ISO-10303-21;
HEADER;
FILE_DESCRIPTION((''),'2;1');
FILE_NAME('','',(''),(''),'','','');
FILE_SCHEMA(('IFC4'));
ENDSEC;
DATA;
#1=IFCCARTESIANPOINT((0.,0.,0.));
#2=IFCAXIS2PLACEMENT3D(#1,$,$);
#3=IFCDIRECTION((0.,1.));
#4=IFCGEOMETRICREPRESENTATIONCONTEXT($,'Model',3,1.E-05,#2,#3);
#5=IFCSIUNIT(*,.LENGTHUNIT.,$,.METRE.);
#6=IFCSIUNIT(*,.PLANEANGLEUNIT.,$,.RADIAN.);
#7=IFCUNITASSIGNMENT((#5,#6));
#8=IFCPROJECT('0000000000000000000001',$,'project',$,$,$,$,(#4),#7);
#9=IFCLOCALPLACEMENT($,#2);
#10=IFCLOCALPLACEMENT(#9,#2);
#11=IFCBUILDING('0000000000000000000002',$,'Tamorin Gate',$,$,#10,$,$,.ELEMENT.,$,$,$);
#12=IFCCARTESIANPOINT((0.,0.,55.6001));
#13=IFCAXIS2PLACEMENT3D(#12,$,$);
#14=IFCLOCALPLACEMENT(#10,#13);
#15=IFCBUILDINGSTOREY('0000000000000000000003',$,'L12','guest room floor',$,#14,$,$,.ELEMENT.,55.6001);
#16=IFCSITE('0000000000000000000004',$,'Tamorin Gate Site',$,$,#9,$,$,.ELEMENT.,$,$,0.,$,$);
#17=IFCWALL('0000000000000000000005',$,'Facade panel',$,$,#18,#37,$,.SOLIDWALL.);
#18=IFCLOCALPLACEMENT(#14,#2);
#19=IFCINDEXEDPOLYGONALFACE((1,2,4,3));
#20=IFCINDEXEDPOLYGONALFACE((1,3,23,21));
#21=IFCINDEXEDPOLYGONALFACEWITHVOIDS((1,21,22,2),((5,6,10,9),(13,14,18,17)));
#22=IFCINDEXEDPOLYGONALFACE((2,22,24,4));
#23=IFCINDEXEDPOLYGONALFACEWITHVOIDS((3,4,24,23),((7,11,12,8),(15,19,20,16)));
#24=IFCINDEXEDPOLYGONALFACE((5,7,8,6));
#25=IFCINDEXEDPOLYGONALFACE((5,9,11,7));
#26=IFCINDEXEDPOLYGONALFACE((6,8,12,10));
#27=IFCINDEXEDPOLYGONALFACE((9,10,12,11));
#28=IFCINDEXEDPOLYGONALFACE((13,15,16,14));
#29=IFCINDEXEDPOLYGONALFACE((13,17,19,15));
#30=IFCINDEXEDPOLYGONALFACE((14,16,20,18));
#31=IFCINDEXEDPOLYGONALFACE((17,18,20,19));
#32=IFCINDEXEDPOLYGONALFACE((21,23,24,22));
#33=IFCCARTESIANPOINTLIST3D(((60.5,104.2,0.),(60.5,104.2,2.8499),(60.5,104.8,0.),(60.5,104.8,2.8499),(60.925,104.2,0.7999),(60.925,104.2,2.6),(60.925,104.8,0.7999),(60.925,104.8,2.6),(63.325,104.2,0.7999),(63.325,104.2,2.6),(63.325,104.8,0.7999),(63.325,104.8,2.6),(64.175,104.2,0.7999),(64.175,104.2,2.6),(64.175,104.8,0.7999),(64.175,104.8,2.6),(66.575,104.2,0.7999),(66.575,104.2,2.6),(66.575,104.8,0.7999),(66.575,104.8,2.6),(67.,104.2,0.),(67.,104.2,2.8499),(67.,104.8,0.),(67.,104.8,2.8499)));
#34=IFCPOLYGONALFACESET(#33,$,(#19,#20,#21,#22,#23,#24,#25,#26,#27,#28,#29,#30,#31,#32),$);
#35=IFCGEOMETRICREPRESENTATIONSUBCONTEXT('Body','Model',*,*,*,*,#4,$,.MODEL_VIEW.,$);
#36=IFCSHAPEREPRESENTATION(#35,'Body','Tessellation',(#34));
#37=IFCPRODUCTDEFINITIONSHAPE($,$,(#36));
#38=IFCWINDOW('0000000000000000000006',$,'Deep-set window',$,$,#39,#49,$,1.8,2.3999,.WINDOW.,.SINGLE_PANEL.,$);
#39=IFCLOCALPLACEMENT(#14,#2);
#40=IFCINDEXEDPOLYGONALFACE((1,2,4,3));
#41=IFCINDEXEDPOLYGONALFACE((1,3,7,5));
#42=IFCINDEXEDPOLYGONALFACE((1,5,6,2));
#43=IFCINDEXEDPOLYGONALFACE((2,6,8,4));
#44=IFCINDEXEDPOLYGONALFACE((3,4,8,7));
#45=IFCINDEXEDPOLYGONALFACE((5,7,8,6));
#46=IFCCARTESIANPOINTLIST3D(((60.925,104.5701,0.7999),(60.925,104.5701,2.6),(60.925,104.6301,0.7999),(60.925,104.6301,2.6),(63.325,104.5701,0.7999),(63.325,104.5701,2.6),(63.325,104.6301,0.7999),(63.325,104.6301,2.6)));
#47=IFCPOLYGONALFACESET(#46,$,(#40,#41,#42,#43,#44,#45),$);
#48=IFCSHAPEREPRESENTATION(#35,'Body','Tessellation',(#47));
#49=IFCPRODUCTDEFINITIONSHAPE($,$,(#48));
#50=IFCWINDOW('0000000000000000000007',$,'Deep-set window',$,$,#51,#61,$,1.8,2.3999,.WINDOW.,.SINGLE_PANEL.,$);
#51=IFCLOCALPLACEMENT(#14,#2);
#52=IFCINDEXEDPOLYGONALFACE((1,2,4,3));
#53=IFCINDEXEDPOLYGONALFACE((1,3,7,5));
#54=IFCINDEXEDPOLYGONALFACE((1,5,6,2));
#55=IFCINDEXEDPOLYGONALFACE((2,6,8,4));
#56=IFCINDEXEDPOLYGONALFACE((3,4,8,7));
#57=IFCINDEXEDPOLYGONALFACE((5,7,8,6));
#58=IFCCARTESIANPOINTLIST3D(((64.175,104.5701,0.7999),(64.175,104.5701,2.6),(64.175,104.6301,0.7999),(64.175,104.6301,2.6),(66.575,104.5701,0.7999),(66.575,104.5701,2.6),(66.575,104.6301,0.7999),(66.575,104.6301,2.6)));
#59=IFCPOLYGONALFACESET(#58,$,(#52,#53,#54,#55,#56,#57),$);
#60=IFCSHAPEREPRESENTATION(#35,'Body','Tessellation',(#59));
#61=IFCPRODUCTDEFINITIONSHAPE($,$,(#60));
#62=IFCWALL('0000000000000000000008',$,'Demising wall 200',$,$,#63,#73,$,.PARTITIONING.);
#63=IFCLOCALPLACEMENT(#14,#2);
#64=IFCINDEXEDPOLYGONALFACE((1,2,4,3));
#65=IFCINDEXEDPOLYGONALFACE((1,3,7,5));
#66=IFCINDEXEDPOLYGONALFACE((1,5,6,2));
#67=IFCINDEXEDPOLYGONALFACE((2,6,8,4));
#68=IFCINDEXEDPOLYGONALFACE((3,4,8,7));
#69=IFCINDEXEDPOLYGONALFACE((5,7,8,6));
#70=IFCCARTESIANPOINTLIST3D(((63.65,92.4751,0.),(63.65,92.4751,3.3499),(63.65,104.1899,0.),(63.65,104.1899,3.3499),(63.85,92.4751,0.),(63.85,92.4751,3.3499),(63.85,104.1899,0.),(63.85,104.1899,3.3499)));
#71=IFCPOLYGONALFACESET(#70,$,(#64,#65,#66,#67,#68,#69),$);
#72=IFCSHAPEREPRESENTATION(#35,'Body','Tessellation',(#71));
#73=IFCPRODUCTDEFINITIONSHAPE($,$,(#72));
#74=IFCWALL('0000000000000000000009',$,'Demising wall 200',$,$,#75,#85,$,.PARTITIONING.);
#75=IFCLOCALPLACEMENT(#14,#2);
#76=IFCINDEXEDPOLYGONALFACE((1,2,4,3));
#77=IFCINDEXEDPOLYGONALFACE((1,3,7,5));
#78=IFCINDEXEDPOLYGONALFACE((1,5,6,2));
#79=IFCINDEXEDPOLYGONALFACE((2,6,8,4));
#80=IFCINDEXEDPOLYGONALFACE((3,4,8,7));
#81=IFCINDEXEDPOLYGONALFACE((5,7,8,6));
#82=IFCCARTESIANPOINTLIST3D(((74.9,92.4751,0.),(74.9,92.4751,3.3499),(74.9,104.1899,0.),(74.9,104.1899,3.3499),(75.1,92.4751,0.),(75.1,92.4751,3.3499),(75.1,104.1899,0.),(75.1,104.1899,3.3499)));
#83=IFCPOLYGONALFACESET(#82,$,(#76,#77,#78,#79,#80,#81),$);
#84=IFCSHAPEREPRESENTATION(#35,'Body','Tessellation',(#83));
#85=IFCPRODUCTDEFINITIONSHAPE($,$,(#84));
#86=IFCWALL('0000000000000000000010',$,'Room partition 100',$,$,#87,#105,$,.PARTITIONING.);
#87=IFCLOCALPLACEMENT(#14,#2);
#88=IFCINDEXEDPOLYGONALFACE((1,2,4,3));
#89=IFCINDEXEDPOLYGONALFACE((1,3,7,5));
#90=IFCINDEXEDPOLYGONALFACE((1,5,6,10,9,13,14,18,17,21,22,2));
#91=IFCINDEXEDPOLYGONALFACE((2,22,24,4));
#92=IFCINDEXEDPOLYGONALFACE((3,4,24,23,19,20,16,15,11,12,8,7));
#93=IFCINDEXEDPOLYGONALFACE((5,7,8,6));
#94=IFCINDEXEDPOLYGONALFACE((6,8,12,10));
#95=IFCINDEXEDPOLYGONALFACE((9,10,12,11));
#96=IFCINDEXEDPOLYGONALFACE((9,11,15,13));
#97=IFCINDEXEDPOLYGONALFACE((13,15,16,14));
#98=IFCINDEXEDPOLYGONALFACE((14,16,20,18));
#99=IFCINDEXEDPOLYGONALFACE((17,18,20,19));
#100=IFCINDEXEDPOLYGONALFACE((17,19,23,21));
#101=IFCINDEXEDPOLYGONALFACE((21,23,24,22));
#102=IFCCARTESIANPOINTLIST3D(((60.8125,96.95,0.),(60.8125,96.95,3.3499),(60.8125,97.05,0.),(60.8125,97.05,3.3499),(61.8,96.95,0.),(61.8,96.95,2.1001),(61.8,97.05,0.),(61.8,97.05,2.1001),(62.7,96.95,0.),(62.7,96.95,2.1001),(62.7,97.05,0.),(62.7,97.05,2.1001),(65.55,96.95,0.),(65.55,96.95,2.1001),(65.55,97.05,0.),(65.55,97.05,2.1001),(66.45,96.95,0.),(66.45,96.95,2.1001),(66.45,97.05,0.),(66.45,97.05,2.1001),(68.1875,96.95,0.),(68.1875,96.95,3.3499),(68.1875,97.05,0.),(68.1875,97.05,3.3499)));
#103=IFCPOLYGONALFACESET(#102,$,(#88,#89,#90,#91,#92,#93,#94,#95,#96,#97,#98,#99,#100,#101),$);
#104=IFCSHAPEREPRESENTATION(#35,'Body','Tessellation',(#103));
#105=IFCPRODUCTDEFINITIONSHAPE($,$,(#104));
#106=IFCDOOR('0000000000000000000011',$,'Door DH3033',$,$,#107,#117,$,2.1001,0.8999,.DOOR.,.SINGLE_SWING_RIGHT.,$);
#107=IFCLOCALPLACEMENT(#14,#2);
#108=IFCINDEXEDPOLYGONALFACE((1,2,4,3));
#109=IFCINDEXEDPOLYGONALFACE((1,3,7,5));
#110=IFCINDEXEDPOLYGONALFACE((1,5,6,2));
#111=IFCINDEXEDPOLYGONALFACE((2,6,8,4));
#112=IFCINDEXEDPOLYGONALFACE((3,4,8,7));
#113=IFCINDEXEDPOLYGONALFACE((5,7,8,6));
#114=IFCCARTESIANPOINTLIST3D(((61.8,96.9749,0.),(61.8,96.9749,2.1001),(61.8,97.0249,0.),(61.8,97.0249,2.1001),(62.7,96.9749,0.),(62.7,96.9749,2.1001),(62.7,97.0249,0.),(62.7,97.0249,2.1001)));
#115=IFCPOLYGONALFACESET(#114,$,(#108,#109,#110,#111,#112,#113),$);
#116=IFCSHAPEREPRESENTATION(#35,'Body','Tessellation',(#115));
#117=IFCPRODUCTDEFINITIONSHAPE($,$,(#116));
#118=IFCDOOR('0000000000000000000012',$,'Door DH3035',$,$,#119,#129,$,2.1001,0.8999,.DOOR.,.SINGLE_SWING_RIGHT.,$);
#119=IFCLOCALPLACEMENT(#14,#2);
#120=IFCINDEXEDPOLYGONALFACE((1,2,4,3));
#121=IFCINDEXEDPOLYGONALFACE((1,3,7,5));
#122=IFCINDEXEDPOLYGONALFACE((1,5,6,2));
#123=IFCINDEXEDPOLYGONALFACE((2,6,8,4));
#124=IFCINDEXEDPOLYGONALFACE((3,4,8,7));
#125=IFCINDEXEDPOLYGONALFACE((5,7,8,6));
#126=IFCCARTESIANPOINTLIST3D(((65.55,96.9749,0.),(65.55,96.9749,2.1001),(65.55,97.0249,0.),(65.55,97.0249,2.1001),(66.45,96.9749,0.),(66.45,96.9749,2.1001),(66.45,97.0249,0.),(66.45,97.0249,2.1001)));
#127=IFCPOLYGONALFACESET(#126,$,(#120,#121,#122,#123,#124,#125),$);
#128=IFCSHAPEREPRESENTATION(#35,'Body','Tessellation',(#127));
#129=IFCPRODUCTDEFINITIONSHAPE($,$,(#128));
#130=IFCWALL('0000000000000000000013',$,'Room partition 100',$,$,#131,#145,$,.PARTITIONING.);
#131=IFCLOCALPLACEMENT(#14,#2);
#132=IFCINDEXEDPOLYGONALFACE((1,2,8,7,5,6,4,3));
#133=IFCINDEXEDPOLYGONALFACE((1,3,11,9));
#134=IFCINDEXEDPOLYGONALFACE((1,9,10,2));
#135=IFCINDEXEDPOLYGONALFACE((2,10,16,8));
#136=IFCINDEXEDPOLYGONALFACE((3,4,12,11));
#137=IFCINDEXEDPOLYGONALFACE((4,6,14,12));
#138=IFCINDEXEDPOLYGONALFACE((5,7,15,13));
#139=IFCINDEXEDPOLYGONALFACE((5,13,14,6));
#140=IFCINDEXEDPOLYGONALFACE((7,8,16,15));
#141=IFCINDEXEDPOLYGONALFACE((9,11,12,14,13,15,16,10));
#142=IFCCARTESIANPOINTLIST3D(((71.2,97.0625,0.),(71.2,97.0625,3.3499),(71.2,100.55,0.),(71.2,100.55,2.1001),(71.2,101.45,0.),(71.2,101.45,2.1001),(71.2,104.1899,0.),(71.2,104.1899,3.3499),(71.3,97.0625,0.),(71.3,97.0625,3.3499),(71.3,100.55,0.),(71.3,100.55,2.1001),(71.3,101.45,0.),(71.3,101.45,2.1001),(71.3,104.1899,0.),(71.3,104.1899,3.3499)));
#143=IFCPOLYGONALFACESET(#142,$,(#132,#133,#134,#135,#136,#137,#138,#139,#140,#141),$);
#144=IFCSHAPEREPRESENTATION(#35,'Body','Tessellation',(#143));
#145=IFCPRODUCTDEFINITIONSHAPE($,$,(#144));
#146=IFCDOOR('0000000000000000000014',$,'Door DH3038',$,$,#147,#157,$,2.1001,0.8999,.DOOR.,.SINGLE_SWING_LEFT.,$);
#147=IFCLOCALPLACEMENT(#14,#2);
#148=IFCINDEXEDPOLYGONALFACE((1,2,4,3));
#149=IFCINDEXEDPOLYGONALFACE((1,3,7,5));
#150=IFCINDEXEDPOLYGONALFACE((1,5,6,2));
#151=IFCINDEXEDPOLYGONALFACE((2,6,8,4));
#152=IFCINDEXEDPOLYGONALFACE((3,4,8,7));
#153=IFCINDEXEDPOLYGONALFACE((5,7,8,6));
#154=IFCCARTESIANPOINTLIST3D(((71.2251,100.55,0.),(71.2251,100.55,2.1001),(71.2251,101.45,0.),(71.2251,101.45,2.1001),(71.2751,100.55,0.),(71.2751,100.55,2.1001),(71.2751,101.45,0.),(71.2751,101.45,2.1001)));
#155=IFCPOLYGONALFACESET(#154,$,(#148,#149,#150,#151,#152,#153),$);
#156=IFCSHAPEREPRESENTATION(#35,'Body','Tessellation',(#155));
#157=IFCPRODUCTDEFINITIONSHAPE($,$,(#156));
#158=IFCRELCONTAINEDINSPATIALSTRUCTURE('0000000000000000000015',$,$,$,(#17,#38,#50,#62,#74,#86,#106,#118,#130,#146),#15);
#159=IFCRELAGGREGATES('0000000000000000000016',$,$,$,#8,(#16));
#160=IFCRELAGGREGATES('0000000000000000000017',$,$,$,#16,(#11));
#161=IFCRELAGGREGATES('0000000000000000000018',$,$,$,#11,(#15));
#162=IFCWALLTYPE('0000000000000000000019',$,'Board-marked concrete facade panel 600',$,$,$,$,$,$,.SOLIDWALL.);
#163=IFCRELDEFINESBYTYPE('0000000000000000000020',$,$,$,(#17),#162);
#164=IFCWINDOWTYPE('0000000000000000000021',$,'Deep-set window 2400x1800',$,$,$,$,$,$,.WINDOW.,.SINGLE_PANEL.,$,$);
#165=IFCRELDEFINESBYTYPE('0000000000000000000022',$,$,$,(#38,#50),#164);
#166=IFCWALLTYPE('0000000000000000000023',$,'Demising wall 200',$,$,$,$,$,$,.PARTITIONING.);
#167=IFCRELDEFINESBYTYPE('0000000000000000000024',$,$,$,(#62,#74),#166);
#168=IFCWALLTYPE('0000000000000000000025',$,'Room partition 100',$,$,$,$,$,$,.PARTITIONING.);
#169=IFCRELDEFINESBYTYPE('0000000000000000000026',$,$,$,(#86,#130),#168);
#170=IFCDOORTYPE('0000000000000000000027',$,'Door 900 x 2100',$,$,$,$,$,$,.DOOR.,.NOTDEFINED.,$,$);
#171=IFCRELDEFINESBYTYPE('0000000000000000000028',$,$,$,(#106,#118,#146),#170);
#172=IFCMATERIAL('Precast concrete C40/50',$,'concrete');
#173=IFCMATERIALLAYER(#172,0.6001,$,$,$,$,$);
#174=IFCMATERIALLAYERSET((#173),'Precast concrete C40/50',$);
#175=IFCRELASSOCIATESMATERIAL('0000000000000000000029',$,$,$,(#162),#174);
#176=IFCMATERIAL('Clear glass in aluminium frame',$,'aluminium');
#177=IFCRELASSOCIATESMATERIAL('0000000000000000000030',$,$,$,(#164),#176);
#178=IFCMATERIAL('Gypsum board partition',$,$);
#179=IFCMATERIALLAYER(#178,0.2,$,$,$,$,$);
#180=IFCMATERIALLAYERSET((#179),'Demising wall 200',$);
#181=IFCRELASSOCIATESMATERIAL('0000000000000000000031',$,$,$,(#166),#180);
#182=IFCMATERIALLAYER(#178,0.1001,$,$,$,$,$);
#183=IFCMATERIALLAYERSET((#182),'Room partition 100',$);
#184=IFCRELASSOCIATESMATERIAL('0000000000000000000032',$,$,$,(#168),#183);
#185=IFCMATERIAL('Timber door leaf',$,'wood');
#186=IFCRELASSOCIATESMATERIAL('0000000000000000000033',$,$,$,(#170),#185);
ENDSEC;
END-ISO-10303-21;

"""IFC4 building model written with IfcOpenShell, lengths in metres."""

from ifc_helpers import new_model, si_unit, direction, frame, frame_2d, origin, place, context, subcontext, project, spatial, rectangle, extrude, material, layer, layer_set, type_object, element, fill, save


model = new_model("IFC4")

# Units and contexts
model_context = context("Model", 3, precision=1e-05, world=origin(), true_north=direction((0.0, 1.0)))
body_context = subcontext(model_context, "Body", "Model", "MODEL_VIEW")
ifc_project = project(units=[si_unit("LENGTHUNIT", "METRE"), si_unit("PLANEANGLEUNIT", "RADIAN")], contexts=[model_context])

# Site, building, storey
site_placement = place(None, origin())
site = spatial("IfcSite", under=ifc_project, at=site_placement, Name="Tamorin Gate Site", CompositionType="ELEMENT", RefElevation=0.0)
building_placement = place(site_placement, origin())
building = spatial("IfcBuilding", under=site, at=building_placement, Name="Tamorin Gate", CompositionType="ELEMENT")
storey_placement = place(building_placement, frame((0.0, 0.0, 55.6001)))
storey = spatial("IfcBuildingStorey", under=building, at=storey_placement, Name="L12", Description="guest room floor", CompositionType="ELEMENT", Elevation=55.6001)

# Wall, openings, windows
ifc_material_1 = material(Name="Precast concrete C40/50", Category="concrete")
ifc_layer_1 = layer(ifc_material_1, 0.6001)
ifc_layer_set_1 = layer_set([ifc_layer_1], Name="Precast concrete C40/50")
wall_type_1 = type_object("IfcWallType", Name="Board-marked concrete facade panel 600", PredefinedType="SOLIDWALL", material=ifc_layer_set_1)
ifc_material_2 = material(Name="Clear glass in aluminium frame", Category="aluminium")
window_type = type_object("IfcWindowType", Name="Deep-set window 2400x1800", PartitioningType="SINGLE_PANEL", PredefinedType="WINDOW", material=ifc_material_2)
wall_1_placement = place(storey_placement, frame((67.0, 104.5, 0.0), z_axis=(0.0, 0.0, 1.0), x_axis=(-1.0, 0.0, 0.0)))
wall_1 = element("IfcWall", 1, at=wall_1_placement, inside=storey, type_object=wall_type_1, Name="Facade panel", PredefinedType="SOLIDWALL", context=body_context, shape_type="SweptSolid", body=[
    extrude(rectangle(XDim=6.5, YDim=0.6001, at=frame_2d((3.25, 0.0))), origin(), (0.0, 0.0, 1.0), 2.8499),
])
opening_1_placement = place(wall_1_placement, frame((3.675, 0.0, 0.8)))
opening_1 = element("IfcOpeningElement", 2, at=opening_1_placement, cuts=wall_1, PredefinedType="OPENING", context=body_context, shape_type="SweptSolid", body=[
    extrude(rectangle(XDim=2.3999, YDim=1.8, at=frame_2d((1.2, 0.8999))), frame((0.0, 0.3101, 0.0), z_axis=(0.0, -1.0, 0.0), x_axis=(1.0, 0.0, 0.0)), (0.0, 0.0, 1.0), 0.6201),
])
opening_2_placement = place(wall_1_placement, frame((0.425, 0.0, 0.8)))
opening_2 = element("IfcOpeningElement", 3, at=opening_2_placement, cuts=wall_1, PredefinedType="OPENING", context=body_context, shape_type="SweptSolid", body=[
    extrude(rectangle(XDim=2.3999, YDim=1.8, at=frame_2d((1.2, 0.8999))), frame((0.0, 0.3101, 0.0), z_axis=(0.0, -1.0, 0.0), x_axis=(1.0, 0.0, 0.0)), (0.0, 0.0, 1.0), 0.6201),
])
window_1_placement = place(opening_1_placement, origin())
window_1 = element("IfcWindow", 4, at=window_1_placement, inside=storey, type_object=window_type, Name="Deep-set window", OverallHeight=1.8, OverallWidth=2.3999, PartitioningType="SINGLE_PANEL", PredefinedType="WINDOW", context=body_context, shape_type="SweptSolid", body=[
    extrude(rectangle(XDim=2.3999, YDim=1.8, at=frame_2d((1.2, 0.8999))), frame((0.0, -0.0701, 0.0), z_axis=(0.0, -1.0, 0.0), x_axis=(1.0, 0.0, 0.0)), (0.0, 0.0, 1.0), 0.0601),
])
fill(opening_1, window_1)
window_2_placement = place(opening_2_placement, origin())
window_2 = element("IfcWindow", 5, at=window_2_placement, inside=storey, type_object=window_type, Name="Deep-set window", OverallHeight=1.8, OverallWidth=2.3999, PartitioningType="SINGLE_PANEL", PredefinedType="WINDOW", context=body_context, shape_type="SweptSolid", body=[
    extrude(rectangle(XDim=2.3999, YDim=1.8, at=frame_2d((1.2, 0.8999))), frame((0.0, -0.0701, 0.0), z_axis=(0.0, -1.0, 0.0), x_axis=(1.0, 0.0, 0.0)), (0.0, 0.0, 1.0), 0.0601),
])
fill(opening_2, window_2)

# Walls
ifc_material_3 = material(Name="Gypsum board partition")
ifc_layer_2 = layer(ifc_material_3, 0.2)
ifc_layer_set_2 = layer_set([ifc_layer_2], Name="Demising wall 200")
wall_type_2 = type_object("IfcWallType", Name="Demising wall 200", PredefinedType="PARTITIONING", material=ifc_layer_set_2)
for number, where, z_axis, x_axis, name in (
    (6, (63.75, 92.4751, 0.0), (0.0, 0.0, 1.0), (0.0, 1.0, 0.0), "Demising wall 200"),
    (7, (75.0, 92.4751, 0.0), (0.0, 0.0, 1.0), (0.0, 1.0, 0.0), "Demising wall 200"),
):
    element("IfcWall", number, at=place(storey_placement, frame(where, z_axis=z_axis, x_axis=x_axis)), inside=storey, type_object=wall_type_2, Name=name, PredefinedType="PARTITIONING", context=body_context, shape_type="SweptSolid", body=[
        extrude(rectangle(XDim=11.7148, YDim=0.2, at=frame_2d((5.8574, 0.0))), origin(), (0.0, 0.0, 1.0), 3.3499),
    ])

# Wall, openings, doors
ifc_layer_3 = layer(ifc_material_3, 0.1001)
ifc_layer_set_3 = layer_set([ifc_layer_3], Name="Room partition 100")
wall_type_3 = type_object("IfcWallType", Name="Room partition 100", PredefinedType="PARTITIONING", material=ifc_layer_set_3)
wall_2_placement = place(storey_placement, frame((60.8125, 97.0, 0.0), z_axis=(0.0, 0.0, 1.0), x_axis=(1.0, 0.0, 0.0)))
wall_2 = element("IfcWall", 8, at=wall_2_placement, inside=storey, type_object=wall_type_3, Name="Room partition 100", PredefinedType="PARTITIONING", context=body_context, shape_type="SweptSolid", body=[
    extrude(rectangle(XDim=7.375, YDim=0.1001, at=frame_2d((3.6875, 0.0))), origin(), (0.0, 0.0, 1.0), 3.3499),
])
opening_3_placement = place(wall_2_placement, frame((0.9875, 0.0, 0.0)))
opening_3 = element("IfcOpeningElement", 9, at=opening_3_placement, cuts=wall_2, PredefinedType="OPENING", context=body_context, shape_type="SweptSolid", body=[
    extrude(rectangle(XDim=0.8999, YDim=2.1001, at=frame_2d((0.45, 1.05))), frame((0.0, 0.0601, 0.0), z_axis=(0.0, -1.0, 0.0), x_axis=(1.0, 0.0, 0.0)), (0.0, 0.0, 1.0), 0.1201),
])
opening_4_placement = place(wall_2_placement, frame((4.7375, 0.0, 0.0)))
opening_4 = element("IfcOpeningElement", 10, at=opening_4_placement, cuts=wall_2, PredefinedType="OPENING", context=body_context, shape_type="SweptSolid", body=[
    extrude(rectangle(XDim=0.8999, YDim=2.1001, at=frame_2d((0.45, 1.05))), frame((0.0, 0.0601, 0.0), z_axis=(0.0, -1.0, 0.0), x_axis=(1.0, 0.0, 0.0)), (0.0, 0.0, 1.0), 0.1201),
])
ifc_material_4 = material(Name="Timber door leaf", Category="wood")
door_type = type_object("IfcDoorType", Name="Door 900 x 2100", OperationType="NOTDEFINED", PredefinedType="DOOR", material=ifc_material_4)
door_1_placement = place(opening_3_placement, origin())
door_1 = element("IfcDoor", 11, at=door_1_placement, inside=storey, type_object=door_type, Name="Door DH3033", OperationType="SINGLE_SWING_RIGHT", OverallHeight=2.1001, OverallWidth=0.8999, PredefinedType="DOOR", context=body_context, shape_type="SweptSolid", body=[
    extrude(rectangle(XDim=0.8999, YDim=2.1001, at=frame_2d((0.45, 1.05))), frame((0.0, 0.0249, 0.0), z_axis=(0.0, -1.0, 0.0), x_axis=(1.0, 0.0, 0.0)), (0.0, 0.0, 1.0), 0.05),
])
fill(opening_3, door_1)
door_2_placement = place(opening_4_placement, origin())
door_2 = element("IfcDoor", 12, at=door_2_placement, inside=storey, type_object=door_type, Name="Door DH3035", OperationType="SINGLE_SWING_RIGHT", OverallHeight=2.1001, OverallWidth=0.8999, PredefinedType="DOOR", context=body_context, shape_type="SweptSolid", body=[
    extrude(rectangle(XDim=0.8999, YDim=2.1001, at=frame_2d((0.45, 1.05))), frame((0.0, 0.0249, 0.0), z_axis=(0.0, -1.0, 0.0), x_axis=(1.0, 0.0, 0.0)), (0.0, 0.0, 1.0), 0.05),
])
fill(opening_4, door_2)

# Wall, opening, door
wall_3_placement = place(storey_placement, frame((71.25, 97.0625, 0.0), z_axis=(0.0, 0.0, 1.0), x_axis=(0.0, 1.0, 0.0)))
wall_3 = element("IfcWall", 13, at=wall_3_placement, inside=storey, type_object=wall_type_3, Name="Room partition 100", PredefinedType="PARTITIONING", context=body_context, shape_type="SweptSolid", body=[
    extrude(rectangle(XDim=7.1274, YDim=0.1001, at=frame_2d((3.5637, 0.0))), origin(), (0.0, 0.0, 1.0), 3.3499),
])
opening_5_placement = place(wall_3_placement, frame((3.4875, 0.0, 0.0)))
opening_5 = element("IfcOpeningElement", 14, at=opening_5_placement, cuts=wall_3, PredefinedType="OPENING", context=body_context, shape_type="SweptSolid", body=[
    extrude(rectangle(XDim=0.8999, YDim=2.1001, at=frame_2d((0.45, 1.05))), frame((0.0, 0.0601, 0.0), z_axis=(0.0, -1.0, 0.0), x_axis=(1.0, 0.0, 0.0)), (0.0, 0.0, 1.0), 0.1201),
])
door_3_placement = place(opening_5_placement, origin())
door_3 = element("IfcDoor", 15, at=door_3_placement, inside=storey, type_object=door_type, Name="Door DH3038", OperationType="SINGLE_SWING_LEFT", OverallHeight=2.1001, OverallWidth=0.8999, PredefinedType="DOOR", context=body_context, shape_type="SweptSolid", body=[
    extrude(rectangle(XDim=0.8999, YDim=2.1001, at=frame_2d((0.45, 1.05))), frame((0.0, 0.0249, 0.0), z_axis=(0.0, -1.0, 0.0), x_axis=(1.0, 0.0, 0.0)), (0.0, 0.0, 1.0), 0.05),
])
fill(opening_5, door_3)

save(model, "model.ifc")
